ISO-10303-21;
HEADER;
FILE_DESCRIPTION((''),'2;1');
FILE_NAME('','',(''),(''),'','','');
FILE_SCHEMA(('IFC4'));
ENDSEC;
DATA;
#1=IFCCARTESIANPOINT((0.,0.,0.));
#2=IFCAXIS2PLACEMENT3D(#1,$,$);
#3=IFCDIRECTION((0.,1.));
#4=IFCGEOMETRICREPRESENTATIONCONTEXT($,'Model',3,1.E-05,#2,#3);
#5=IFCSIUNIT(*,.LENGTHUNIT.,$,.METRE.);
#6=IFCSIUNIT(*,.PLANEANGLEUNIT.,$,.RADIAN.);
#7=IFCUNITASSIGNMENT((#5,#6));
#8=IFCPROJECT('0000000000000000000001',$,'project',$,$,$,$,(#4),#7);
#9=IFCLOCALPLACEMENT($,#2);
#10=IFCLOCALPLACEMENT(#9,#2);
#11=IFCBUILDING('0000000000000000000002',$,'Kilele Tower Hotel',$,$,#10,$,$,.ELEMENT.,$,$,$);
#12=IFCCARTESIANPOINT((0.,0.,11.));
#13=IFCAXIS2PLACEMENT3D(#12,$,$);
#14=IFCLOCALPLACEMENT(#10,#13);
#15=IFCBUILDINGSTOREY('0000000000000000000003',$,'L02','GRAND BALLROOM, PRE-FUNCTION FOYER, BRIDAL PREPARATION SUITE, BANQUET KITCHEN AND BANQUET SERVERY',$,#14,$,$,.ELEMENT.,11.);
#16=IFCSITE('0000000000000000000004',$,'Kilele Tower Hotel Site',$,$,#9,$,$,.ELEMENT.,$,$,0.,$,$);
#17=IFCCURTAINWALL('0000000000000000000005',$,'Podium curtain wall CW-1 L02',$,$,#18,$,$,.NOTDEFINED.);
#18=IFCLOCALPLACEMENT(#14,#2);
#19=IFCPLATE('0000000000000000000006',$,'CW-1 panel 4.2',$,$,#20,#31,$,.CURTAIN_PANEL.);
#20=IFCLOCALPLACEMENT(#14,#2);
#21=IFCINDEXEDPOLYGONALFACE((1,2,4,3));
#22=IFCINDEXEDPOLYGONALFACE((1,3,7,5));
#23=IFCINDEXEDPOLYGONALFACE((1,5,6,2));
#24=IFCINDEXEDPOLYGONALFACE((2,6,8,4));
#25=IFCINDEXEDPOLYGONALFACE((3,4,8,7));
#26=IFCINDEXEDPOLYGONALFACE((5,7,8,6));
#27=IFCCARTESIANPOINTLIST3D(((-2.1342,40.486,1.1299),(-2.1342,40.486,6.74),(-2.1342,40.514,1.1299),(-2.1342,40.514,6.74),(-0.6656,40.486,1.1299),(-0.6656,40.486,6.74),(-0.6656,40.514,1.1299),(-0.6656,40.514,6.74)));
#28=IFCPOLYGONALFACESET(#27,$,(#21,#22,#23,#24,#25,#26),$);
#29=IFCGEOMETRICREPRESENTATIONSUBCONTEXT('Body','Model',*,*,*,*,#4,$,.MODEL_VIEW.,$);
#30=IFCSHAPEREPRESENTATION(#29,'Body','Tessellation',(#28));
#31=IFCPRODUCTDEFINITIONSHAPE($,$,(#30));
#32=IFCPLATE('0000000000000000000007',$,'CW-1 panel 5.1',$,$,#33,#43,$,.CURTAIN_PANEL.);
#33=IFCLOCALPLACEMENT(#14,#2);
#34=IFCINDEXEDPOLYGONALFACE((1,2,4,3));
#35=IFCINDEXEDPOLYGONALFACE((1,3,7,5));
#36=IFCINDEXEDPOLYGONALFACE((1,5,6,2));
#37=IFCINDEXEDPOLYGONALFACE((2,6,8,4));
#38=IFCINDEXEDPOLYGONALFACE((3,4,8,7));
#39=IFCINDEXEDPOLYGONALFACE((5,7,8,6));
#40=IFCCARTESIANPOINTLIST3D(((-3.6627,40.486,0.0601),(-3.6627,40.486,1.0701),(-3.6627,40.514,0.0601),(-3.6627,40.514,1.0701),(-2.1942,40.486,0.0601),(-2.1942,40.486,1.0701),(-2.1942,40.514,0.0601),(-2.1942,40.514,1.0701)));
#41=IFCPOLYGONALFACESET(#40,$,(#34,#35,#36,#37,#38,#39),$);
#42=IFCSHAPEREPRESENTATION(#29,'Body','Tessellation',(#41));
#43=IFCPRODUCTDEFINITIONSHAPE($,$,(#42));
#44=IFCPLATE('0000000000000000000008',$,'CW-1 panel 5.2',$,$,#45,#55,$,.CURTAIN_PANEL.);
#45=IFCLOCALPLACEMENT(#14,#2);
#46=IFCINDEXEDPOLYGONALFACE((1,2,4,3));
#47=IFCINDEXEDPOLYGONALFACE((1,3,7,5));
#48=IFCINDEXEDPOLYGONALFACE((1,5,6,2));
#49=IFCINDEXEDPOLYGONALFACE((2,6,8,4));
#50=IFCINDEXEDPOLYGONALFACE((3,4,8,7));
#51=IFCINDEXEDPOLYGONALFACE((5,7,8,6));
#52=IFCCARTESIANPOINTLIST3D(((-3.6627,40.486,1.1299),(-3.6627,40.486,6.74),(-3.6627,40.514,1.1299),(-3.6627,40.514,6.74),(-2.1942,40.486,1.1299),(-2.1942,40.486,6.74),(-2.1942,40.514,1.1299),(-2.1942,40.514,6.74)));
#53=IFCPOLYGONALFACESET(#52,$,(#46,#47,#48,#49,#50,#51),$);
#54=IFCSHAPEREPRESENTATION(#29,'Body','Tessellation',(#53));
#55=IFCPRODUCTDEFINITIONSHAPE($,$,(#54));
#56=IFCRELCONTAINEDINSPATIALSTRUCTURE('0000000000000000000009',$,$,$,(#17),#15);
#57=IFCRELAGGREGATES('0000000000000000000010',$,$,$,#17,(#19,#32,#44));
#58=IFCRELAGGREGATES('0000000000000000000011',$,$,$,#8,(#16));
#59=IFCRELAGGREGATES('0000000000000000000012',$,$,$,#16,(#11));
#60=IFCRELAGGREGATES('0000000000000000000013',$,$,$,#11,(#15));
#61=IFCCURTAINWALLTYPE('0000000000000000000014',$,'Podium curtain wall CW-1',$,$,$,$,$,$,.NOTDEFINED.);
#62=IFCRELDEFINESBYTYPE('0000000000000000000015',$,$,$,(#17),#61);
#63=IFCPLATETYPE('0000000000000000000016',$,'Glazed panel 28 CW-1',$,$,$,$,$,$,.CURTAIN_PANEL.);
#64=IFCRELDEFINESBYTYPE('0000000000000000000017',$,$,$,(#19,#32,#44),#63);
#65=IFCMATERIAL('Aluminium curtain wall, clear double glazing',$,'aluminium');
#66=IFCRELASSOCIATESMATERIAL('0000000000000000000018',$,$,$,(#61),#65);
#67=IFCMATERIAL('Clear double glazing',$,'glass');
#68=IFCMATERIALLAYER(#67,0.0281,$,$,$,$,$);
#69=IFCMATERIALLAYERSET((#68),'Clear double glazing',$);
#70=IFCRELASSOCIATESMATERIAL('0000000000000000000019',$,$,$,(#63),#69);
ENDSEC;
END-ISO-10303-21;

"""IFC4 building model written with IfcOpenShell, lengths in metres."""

from ifc_helpers import new_model, si_unit, direction, frame, origin, origin_2d, place, context, subcontext, project, spatial, rectangle, extrude, material, layer, layer_set, type_object, element, aggregate, save


model = new_model("IFC4")

# Units and contexts
model_context = context("Model", 3, precision=1e-05, world=origin(), true_north=direction((0.0, 1.0)))
body_context = subcontext(model_context, "Body", "Model", "MODEL_VIEW")
ifc_project = project(units=[si_unit("LENGTHUNIT", "METRE"), si_unit("PLANEANGLEUNIT", "RADIAN")], contexts=[model_context])

# Site, building, storey
site_placement = place(None, origin())
site = spatial("IfcSite", under=ifc_project, at=site_placement, Name="Kilele Tower Hotel Site", CompositionType="ELEMENT", RefElevation=0.0)
building_placement = place(site_placement, origin())
building = spatial("IfcBuilding", under=site, at=building_placement, Name="Kilele Tower Hotel", CompositionType="ELEMENT")
storey_placement = place(building_placement, frame((0.0, 0.0, 11.0)))
storey = spatial("IfcBuildingStorey", under=building, at=storey_placement, Name="L02", Description="GRAND BALLROOM, PRE-FUNCTION FOYER, BRIDAL PREPARATION SUITE, BANQUET KITCHEN AND BANQUET SERVERY", CompositionType="ELEMENT", Elevation=11.0)

# Curtain wall, plates
ifc_material_1 = material(Name="Aluminium curtain wall, clear double glazing", Category="aluminium")
curtain_wall_type = type_object("IfcCurtainWallType", Name="Podium curtain wall CW-1", PredefinedType="NOTDEFINED", material=ifc_material_1)
curtain_wall_placement = place(storey_placement, origin())
curtain_wall = element("IfcCurtainWall", 1, at=curtain_wall_placement, inside=storey, type_object=curtain_wall_type, Name="Podium curtain wall CW-1 L02", PredefinedType="NOTDEFINED")
ifc_material_2 = material(Name="Clear double glazing", Category="glass")
ifc_layer = layer(ifc_material_2, 0.0281)
ifc_layer_set = layer_set([ifc_layer], Name="Clear double glazing")
plate_type = type_object("IfcPlateType", Name="Glazed panel 28 CW-1", PredefinedType="CURTAIN_PANEL", material=ifc_layer_set)
plate_1_placement = place(storey_placement, frame((-1.3999, 40.5, 1.1299), z_axis=(0.0, 0.0, 1.0), x_axis=(-1.0, 0.0, 0.0)))
plate_1 = element("IfcPlate", 2, at=plate_1_placement, type_object=plate_type, Name="CW-1 panel 4.2", PredefinedType="CURTAIN_PANEL", context=body_context, shape_type="SweptSolid", body=[
    extrude(rectangle(XDim=1.4685, YDim=0.0281, at=origin_2d()), origin(), (0.0, 0.0, 1.0), 5.6101),
])
plate_2_placement = place(storey_placement, frame((-2.9285, 40.5, 0.0601), z_axis=(0.0, 0.0, 1.0), x_axis=(-1.0, 0.0, 0.0)))
plate_2 = element("IfcPlate", 3, at=plate_2_placement, type_object=plate_type, Name="CW-1 panel 5.1", PredefinedType="CURTAIN_PANEL", context=body_context, shape_type="SweptSolid", body=[
    extrude(rectangle(XDim=1.4685, YDim=0.0281, at=origin_2d()), origin(), (0.0, 0.0, 1.0), 1.01),
])
plate_3_placement = place(storey_placement, frame((-2.9285, 40.5, 1.1299), z_axis=(0.0, 0.0, 1.0), x_axis=(-1.0, 0.0, 0.0)))
plate_3 = element("IfcPlate", 4, at=plate_3_placement, type_object=plate_type, Name="CW-1 panel 5.2", PredefinedType="CURTAIN_PANEL", context=body_context, shape_type="SweptSolid", body=[
    extrude(rectangle(XDim=1.4685, YDim=0.0281, at=origin_2d()), origin(), (0.0, 0.0, 1.0), 5.6101),
])
aggregate(curtain_wall, [plate_1, plate_2, plate_3])

save(model, "model.ifc")
